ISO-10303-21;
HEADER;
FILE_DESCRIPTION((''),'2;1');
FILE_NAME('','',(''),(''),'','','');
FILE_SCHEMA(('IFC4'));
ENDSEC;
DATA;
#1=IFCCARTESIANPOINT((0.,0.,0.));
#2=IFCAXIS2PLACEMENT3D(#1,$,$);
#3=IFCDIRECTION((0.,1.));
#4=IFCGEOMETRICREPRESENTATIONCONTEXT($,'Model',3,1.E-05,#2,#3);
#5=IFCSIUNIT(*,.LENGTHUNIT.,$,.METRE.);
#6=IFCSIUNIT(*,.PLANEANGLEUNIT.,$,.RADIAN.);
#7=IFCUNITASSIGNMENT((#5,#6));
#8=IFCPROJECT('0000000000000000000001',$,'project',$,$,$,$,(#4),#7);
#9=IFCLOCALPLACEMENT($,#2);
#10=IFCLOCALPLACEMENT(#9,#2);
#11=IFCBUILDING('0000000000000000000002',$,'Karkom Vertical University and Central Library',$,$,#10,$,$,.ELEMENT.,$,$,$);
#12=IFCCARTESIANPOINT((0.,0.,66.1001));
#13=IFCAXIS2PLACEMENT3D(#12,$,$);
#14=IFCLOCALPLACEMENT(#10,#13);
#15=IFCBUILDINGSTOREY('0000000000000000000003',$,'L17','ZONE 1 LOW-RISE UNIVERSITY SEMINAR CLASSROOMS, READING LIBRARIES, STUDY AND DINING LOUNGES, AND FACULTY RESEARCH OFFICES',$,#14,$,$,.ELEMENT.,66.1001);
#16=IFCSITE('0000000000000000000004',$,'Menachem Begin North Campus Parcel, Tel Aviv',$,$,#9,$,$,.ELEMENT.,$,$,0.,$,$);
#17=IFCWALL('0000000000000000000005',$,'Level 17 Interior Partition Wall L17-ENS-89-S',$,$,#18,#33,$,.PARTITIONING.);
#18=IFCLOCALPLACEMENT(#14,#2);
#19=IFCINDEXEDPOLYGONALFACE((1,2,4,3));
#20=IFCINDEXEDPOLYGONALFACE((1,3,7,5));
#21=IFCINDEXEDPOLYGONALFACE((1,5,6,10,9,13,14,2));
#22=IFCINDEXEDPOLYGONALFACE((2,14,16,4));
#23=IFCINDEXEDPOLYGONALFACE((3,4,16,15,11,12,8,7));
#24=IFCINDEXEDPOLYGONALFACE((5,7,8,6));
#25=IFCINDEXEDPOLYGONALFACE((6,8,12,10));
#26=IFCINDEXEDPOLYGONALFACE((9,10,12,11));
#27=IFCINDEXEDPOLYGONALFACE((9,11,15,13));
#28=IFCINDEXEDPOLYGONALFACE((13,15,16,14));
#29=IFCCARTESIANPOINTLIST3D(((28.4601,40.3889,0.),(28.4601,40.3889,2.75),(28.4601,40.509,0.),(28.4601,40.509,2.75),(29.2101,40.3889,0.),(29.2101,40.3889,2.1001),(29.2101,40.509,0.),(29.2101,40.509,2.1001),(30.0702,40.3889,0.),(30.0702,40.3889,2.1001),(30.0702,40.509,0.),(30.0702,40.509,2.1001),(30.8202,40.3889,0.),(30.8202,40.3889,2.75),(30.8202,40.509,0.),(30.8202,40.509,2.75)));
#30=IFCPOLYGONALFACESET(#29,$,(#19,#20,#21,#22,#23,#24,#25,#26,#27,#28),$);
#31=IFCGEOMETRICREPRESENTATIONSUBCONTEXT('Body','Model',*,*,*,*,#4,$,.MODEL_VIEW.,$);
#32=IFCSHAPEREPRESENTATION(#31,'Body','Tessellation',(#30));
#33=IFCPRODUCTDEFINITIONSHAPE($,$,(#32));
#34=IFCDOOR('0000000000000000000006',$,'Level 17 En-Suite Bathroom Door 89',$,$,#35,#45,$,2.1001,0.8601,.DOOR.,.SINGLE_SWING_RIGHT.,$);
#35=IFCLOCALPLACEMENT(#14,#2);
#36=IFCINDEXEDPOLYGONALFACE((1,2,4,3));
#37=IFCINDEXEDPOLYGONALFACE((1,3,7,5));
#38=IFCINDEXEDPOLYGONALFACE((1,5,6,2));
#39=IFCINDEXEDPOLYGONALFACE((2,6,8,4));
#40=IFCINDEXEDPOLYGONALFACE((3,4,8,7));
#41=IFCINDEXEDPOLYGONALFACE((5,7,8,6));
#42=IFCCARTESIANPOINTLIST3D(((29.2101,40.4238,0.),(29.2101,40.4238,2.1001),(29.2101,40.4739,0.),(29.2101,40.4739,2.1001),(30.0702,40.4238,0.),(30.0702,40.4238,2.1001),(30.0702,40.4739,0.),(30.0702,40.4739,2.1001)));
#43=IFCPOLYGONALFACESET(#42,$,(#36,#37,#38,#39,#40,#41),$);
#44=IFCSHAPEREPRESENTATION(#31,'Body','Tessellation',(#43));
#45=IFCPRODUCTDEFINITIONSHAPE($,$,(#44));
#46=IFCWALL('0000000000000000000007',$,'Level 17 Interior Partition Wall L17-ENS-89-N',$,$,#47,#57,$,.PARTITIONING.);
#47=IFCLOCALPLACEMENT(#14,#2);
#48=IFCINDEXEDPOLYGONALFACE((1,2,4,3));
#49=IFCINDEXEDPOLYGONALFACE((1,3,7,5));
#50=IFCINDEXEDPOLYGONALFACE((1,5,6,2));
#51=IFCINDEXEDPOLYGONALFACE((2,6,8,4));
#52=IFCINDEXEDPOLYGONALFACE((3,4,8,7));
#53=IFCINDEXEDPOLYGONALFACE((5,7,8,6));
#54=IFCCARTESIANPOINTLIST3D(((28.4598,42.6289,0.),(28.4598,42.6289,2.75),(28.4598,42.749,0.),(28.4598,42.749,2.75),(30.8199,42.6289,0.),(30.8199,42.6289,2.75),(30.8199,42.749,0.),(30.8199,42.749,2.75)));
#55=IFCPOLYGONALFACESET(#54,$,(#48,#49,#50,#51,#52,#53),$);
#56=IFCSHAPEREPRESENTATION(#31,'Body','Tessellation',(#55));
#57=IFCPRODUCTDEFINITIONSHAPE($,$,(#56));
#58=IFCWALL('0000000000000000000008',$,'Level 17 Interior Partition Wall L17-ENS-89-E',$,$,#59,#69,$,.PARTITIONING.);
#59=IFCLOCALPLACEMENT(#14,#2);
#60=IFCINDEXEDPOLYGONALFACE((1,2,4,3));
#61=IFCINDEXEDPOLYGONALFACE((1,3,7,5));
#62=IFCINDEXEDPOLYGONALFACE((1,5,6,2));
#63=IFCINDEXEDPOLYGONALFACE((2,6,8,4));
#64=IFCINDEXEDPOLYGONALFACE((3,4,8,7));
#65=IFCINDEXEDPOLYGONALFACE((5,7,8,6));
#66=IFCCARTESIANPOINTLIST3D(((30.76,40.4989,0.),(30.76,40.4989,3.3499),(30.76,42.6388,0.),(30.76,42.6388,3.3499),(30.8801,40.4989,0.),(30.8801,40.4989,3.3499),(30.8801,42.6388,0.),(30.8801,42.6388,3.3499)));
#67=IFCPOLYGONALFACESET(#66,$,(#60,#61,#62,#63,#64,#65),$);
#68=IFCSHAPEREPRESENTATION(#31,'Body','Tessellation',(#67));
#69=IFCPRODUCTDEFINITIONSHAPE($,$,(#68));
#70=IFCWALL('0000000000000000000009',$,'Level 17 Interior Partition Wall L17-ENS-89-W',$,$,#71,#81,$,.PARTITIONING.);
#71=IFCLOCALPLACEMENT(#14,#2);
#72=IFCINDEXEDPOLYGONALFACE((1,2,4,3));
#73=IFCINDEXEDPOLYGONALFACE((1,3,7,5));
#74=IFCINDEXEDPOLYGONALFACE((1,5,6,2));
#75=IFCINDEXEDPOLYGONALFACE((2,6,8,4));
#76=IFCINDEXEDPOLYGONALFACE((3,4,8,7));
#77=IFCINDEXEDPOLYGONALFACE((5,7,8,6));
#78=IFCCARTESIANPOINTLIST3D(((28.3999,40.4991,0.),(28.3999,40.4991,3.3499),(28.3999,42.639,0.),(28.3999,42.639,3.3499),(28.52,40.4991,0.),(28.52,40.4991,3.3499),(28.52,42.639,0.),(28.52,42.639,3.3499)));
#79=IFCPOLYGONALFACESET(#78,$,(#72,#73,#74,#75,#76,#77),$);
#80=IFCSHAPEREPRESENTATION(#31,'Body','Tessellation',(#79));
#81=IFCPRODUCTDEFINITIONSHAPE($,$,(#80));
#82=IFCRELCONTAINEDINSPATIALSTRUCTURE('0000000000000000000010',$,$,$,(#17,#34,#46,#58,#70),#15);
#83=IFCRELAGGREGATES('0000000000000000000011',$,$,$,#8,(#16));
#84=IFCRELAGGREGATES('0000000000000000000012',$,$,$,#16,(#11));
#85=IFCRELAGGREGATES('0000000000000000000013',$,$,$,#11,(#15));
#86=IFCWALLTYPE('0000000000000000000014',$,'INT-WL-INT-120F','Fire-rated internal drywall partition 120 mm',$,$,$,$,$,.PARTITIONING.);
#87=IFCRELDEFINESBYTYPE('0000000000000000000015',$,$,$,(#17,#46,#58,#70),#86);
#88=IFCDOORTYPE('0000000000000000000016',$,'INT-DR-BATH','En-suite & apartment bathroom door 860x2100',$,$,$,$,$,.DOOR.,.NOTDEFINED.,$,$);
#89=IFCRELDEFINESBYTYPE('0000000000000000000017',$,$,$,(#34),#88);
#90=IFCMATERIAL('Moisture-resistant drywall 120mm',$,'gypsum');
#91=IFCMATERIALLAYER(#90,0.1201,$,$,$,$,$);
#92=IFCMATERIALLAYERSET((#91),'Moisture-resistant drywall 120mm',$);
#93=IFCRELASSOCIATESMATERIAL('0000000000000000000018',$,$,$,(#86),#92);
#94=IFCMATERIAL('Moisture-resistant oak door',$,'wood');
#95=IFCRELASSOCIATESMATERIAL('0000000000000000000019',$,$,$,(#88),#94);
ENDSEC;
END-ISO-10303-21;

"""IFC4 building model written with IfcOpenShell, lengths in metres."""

from ifc_helpers import new_model, si_unit, direction, frame, frame_2d, origin, origin_with_axes, place, context, subcontext, project, spatial, rectangle, extrude, source, transform, mapped, material, layer, layer_set, type_object, element, fill, save


model = new_model("IFC4")

# Units and contexts
model_context = context("Model", 3, precision=1e-05, world=origin(), true_north=direction((0.0, 1.0)))
body_context = subcontext(model_context, "Body", "Model", "MODEL_VIEW")
ifc_project = project(units=[si_unit("LENGTHUNIT", "METRE"), si_unit("PLANEANGLEUNIT", "RADIAN")], contexts=[model_context])

# Site, building, storey
site_placement = place(None, origin())
site = spatial("IfcSite", under=ifc_project, at=site_placement, Name="Menachem Begin North Campus Parcel, Tel Aviv", CompositionType="ELEMENT", RefElevation=0.0)
building_placement = place(site_placement, origin())
building = spatial("IfcBuilding", under=site, at=building_placement, Name="Karkom Vertical University and Central Library", CompositionType="ELEMENT")
storey_placement = place(building_placement, frame((0.0, 0.0, 66.1001)))
storey = spatial("IfcBuildingStorey", under=building, at=storey_placement, Name="L17", Description="ZONE 1 LOW-RISE UNIVERSITY SEMINAR CLASSROOMS, READING LIBRARIES, STUDY AND DINING LOUNGES, AND FACULTY RESEARCH OFFICES", CompositionType="ELEMENT", Elevation=66.1001)

# Wall, opening, door
ifc_material_1 = material(Name="Moisture-resistant drywall 120mm", Category="gypsum")
ifc_layer_1 = layer(ifc_material_1, 0.1201)
ifc_layer_set_1 = layer_set([ifc_layer_1], Name="Moisture-resistant drywall 120mm")
wall_type_1 = type_object("IfcWallType", Name="INT-WL-INT-120F", Description="Fire-rated internal drywall partition 120 mm", PredefinedType="PARTITIONING", material=ifc_layer_set_1)
wall_1_placement = place(storey_placement, frame((28.46, 40.449, 0.0), z_axis=(0.0, 0.0, 1.0), x_axis=(1.0, 0.0, 0.0)))
wall_1 = element("IfcWall", 1, at=wall_1_placement, inside=storey, type_object=wall_type_1, Name="Level 17 Interior Partition Wall L17-ENS-89-S", PredefinedType="PARTITIONING", context=body_context, shape_type="SweptSolid", body=[
    extrude(rectangle(XDim=2.3601, YDim=0.1201, at=frame_2d((1.1802, 0.0))), origin(), (0.0, 0.0, 1.0), 2.75),
])
opening_1_placement = place(wall_1_placement, frame((0.75, 0.0, 0.0)))
opening_1 = element("IfcOpeningElement", 2, at=opening_1_placement, cuts=wall_1, PredefinedType="OPENING", context=body_context, shape_type="SweptSolid", body=[
    extrude(rectangle(XDim=0.8601, YDim=2.1001, at=frame_2d((0.4302, 1.05))), frame((0.0, 0.0701, 0.0), z_axis=(0.0, -1.0, 0.0), x_axis=(1.0, 0.0, 0.0)), (0.0, 0.0, 1.0), 0.1401),
])
ifc_material_2 = material(Name="Moisture-resistant oak door", Category="wood")
door_type_1 = type_object("IfcDoorType", Name="INT-DR-BATH", Description="En-suite & apartment bathroom door 860x2100", OperationType="NOTDEFINED", PredefinedType="DOOR", material=ifc_material_2)
shared_shape_1 = source(origin_with_axes(), body_context, "Body", "SweptSolid", [
    extrude(rectangle(XDim=0.8601, YDim=2.1001, at=frame_2d((0.4302, 1.05))), frame((0.0, 0.0249, 0.0), z_axis=(0.0, -1.0, 0.0), x_axis=(1.0, 0.0, 0.0)), (0.0, 0.0, 1.0), 0.05),
])
door_1_placement = place(opening_1_placement, origin())
door_1 = element("IfcDoor", 3, at=door_1_placement, inside=storey, type_object=door_type_1, Name="Level 17 En-Suite Bathroom Door 89", OperationType="SINGLE_SWING_RIGHT", OverallHeight=2.1001, OverallWidth=0.8601, PredefinedType="DOOR", context=body_context, shape_type="MappedRepresentation", body=[
    mapped(shared_shape_1, transform((0.0, 0.0, 0.0), scale=1.0)),
])
fill(opening_1, door_1)

# Walls
wall_2_placement = place(storey_placement, frame((30.8201, 42.689, 0.0), z_axis=(0.0, 0.0, 1.0), x_axis=(-1.0, 0.0, 0.0)))
element("IfcWall", 4, at=wall_2_placement, inside=storey, type_object=wall_type_1, Name="Level 17 Interior Partition Wall L17-ENS-89-N", PredefinedType="PARTITIONING", context=body_context, shape_type="SweptSolid", body=[
    extrude(rectangle(XDim=2.3601, YDim=0.1201, at=frame_2d((1.1802, 0.0))), origin(), (0.0, 0.0, 1.0), 2.75),
])
for number, where, z_axis, x_axis, name in (
    (5, (30.8201, 40.499, 0.0), (0.0, 0.0, 1.0), (0.0, 1.0, 0.0), "Level 17 Interior Partition Wall L17-ENS-89-E"),
    (6, (28.46, 42.6389, 0.0), (0.0, 0.0, 1.0), (0.0, -1.0, 0.0), "Level 17 Interior Partition Wall L17-ENS-89-W"),
):
    element("IfcWall", number, at=place(storey_placement, frame(where, z_axis=z_axis, x_axis=x_axis)), inside=storey, type_object=wall_type_1, Name=name, PredefinedType="PARTITIONING", context=body_context, shape_type="SweptSolid", body=[
        extrude(rectangle(XDim=2.1399, YDim=0.1201, at=frame_2d((1.0698, 0.0))), origin(), (0.0, 0.0, 1.0), 3.3499),
    ])

save(model, "model.ifc")
